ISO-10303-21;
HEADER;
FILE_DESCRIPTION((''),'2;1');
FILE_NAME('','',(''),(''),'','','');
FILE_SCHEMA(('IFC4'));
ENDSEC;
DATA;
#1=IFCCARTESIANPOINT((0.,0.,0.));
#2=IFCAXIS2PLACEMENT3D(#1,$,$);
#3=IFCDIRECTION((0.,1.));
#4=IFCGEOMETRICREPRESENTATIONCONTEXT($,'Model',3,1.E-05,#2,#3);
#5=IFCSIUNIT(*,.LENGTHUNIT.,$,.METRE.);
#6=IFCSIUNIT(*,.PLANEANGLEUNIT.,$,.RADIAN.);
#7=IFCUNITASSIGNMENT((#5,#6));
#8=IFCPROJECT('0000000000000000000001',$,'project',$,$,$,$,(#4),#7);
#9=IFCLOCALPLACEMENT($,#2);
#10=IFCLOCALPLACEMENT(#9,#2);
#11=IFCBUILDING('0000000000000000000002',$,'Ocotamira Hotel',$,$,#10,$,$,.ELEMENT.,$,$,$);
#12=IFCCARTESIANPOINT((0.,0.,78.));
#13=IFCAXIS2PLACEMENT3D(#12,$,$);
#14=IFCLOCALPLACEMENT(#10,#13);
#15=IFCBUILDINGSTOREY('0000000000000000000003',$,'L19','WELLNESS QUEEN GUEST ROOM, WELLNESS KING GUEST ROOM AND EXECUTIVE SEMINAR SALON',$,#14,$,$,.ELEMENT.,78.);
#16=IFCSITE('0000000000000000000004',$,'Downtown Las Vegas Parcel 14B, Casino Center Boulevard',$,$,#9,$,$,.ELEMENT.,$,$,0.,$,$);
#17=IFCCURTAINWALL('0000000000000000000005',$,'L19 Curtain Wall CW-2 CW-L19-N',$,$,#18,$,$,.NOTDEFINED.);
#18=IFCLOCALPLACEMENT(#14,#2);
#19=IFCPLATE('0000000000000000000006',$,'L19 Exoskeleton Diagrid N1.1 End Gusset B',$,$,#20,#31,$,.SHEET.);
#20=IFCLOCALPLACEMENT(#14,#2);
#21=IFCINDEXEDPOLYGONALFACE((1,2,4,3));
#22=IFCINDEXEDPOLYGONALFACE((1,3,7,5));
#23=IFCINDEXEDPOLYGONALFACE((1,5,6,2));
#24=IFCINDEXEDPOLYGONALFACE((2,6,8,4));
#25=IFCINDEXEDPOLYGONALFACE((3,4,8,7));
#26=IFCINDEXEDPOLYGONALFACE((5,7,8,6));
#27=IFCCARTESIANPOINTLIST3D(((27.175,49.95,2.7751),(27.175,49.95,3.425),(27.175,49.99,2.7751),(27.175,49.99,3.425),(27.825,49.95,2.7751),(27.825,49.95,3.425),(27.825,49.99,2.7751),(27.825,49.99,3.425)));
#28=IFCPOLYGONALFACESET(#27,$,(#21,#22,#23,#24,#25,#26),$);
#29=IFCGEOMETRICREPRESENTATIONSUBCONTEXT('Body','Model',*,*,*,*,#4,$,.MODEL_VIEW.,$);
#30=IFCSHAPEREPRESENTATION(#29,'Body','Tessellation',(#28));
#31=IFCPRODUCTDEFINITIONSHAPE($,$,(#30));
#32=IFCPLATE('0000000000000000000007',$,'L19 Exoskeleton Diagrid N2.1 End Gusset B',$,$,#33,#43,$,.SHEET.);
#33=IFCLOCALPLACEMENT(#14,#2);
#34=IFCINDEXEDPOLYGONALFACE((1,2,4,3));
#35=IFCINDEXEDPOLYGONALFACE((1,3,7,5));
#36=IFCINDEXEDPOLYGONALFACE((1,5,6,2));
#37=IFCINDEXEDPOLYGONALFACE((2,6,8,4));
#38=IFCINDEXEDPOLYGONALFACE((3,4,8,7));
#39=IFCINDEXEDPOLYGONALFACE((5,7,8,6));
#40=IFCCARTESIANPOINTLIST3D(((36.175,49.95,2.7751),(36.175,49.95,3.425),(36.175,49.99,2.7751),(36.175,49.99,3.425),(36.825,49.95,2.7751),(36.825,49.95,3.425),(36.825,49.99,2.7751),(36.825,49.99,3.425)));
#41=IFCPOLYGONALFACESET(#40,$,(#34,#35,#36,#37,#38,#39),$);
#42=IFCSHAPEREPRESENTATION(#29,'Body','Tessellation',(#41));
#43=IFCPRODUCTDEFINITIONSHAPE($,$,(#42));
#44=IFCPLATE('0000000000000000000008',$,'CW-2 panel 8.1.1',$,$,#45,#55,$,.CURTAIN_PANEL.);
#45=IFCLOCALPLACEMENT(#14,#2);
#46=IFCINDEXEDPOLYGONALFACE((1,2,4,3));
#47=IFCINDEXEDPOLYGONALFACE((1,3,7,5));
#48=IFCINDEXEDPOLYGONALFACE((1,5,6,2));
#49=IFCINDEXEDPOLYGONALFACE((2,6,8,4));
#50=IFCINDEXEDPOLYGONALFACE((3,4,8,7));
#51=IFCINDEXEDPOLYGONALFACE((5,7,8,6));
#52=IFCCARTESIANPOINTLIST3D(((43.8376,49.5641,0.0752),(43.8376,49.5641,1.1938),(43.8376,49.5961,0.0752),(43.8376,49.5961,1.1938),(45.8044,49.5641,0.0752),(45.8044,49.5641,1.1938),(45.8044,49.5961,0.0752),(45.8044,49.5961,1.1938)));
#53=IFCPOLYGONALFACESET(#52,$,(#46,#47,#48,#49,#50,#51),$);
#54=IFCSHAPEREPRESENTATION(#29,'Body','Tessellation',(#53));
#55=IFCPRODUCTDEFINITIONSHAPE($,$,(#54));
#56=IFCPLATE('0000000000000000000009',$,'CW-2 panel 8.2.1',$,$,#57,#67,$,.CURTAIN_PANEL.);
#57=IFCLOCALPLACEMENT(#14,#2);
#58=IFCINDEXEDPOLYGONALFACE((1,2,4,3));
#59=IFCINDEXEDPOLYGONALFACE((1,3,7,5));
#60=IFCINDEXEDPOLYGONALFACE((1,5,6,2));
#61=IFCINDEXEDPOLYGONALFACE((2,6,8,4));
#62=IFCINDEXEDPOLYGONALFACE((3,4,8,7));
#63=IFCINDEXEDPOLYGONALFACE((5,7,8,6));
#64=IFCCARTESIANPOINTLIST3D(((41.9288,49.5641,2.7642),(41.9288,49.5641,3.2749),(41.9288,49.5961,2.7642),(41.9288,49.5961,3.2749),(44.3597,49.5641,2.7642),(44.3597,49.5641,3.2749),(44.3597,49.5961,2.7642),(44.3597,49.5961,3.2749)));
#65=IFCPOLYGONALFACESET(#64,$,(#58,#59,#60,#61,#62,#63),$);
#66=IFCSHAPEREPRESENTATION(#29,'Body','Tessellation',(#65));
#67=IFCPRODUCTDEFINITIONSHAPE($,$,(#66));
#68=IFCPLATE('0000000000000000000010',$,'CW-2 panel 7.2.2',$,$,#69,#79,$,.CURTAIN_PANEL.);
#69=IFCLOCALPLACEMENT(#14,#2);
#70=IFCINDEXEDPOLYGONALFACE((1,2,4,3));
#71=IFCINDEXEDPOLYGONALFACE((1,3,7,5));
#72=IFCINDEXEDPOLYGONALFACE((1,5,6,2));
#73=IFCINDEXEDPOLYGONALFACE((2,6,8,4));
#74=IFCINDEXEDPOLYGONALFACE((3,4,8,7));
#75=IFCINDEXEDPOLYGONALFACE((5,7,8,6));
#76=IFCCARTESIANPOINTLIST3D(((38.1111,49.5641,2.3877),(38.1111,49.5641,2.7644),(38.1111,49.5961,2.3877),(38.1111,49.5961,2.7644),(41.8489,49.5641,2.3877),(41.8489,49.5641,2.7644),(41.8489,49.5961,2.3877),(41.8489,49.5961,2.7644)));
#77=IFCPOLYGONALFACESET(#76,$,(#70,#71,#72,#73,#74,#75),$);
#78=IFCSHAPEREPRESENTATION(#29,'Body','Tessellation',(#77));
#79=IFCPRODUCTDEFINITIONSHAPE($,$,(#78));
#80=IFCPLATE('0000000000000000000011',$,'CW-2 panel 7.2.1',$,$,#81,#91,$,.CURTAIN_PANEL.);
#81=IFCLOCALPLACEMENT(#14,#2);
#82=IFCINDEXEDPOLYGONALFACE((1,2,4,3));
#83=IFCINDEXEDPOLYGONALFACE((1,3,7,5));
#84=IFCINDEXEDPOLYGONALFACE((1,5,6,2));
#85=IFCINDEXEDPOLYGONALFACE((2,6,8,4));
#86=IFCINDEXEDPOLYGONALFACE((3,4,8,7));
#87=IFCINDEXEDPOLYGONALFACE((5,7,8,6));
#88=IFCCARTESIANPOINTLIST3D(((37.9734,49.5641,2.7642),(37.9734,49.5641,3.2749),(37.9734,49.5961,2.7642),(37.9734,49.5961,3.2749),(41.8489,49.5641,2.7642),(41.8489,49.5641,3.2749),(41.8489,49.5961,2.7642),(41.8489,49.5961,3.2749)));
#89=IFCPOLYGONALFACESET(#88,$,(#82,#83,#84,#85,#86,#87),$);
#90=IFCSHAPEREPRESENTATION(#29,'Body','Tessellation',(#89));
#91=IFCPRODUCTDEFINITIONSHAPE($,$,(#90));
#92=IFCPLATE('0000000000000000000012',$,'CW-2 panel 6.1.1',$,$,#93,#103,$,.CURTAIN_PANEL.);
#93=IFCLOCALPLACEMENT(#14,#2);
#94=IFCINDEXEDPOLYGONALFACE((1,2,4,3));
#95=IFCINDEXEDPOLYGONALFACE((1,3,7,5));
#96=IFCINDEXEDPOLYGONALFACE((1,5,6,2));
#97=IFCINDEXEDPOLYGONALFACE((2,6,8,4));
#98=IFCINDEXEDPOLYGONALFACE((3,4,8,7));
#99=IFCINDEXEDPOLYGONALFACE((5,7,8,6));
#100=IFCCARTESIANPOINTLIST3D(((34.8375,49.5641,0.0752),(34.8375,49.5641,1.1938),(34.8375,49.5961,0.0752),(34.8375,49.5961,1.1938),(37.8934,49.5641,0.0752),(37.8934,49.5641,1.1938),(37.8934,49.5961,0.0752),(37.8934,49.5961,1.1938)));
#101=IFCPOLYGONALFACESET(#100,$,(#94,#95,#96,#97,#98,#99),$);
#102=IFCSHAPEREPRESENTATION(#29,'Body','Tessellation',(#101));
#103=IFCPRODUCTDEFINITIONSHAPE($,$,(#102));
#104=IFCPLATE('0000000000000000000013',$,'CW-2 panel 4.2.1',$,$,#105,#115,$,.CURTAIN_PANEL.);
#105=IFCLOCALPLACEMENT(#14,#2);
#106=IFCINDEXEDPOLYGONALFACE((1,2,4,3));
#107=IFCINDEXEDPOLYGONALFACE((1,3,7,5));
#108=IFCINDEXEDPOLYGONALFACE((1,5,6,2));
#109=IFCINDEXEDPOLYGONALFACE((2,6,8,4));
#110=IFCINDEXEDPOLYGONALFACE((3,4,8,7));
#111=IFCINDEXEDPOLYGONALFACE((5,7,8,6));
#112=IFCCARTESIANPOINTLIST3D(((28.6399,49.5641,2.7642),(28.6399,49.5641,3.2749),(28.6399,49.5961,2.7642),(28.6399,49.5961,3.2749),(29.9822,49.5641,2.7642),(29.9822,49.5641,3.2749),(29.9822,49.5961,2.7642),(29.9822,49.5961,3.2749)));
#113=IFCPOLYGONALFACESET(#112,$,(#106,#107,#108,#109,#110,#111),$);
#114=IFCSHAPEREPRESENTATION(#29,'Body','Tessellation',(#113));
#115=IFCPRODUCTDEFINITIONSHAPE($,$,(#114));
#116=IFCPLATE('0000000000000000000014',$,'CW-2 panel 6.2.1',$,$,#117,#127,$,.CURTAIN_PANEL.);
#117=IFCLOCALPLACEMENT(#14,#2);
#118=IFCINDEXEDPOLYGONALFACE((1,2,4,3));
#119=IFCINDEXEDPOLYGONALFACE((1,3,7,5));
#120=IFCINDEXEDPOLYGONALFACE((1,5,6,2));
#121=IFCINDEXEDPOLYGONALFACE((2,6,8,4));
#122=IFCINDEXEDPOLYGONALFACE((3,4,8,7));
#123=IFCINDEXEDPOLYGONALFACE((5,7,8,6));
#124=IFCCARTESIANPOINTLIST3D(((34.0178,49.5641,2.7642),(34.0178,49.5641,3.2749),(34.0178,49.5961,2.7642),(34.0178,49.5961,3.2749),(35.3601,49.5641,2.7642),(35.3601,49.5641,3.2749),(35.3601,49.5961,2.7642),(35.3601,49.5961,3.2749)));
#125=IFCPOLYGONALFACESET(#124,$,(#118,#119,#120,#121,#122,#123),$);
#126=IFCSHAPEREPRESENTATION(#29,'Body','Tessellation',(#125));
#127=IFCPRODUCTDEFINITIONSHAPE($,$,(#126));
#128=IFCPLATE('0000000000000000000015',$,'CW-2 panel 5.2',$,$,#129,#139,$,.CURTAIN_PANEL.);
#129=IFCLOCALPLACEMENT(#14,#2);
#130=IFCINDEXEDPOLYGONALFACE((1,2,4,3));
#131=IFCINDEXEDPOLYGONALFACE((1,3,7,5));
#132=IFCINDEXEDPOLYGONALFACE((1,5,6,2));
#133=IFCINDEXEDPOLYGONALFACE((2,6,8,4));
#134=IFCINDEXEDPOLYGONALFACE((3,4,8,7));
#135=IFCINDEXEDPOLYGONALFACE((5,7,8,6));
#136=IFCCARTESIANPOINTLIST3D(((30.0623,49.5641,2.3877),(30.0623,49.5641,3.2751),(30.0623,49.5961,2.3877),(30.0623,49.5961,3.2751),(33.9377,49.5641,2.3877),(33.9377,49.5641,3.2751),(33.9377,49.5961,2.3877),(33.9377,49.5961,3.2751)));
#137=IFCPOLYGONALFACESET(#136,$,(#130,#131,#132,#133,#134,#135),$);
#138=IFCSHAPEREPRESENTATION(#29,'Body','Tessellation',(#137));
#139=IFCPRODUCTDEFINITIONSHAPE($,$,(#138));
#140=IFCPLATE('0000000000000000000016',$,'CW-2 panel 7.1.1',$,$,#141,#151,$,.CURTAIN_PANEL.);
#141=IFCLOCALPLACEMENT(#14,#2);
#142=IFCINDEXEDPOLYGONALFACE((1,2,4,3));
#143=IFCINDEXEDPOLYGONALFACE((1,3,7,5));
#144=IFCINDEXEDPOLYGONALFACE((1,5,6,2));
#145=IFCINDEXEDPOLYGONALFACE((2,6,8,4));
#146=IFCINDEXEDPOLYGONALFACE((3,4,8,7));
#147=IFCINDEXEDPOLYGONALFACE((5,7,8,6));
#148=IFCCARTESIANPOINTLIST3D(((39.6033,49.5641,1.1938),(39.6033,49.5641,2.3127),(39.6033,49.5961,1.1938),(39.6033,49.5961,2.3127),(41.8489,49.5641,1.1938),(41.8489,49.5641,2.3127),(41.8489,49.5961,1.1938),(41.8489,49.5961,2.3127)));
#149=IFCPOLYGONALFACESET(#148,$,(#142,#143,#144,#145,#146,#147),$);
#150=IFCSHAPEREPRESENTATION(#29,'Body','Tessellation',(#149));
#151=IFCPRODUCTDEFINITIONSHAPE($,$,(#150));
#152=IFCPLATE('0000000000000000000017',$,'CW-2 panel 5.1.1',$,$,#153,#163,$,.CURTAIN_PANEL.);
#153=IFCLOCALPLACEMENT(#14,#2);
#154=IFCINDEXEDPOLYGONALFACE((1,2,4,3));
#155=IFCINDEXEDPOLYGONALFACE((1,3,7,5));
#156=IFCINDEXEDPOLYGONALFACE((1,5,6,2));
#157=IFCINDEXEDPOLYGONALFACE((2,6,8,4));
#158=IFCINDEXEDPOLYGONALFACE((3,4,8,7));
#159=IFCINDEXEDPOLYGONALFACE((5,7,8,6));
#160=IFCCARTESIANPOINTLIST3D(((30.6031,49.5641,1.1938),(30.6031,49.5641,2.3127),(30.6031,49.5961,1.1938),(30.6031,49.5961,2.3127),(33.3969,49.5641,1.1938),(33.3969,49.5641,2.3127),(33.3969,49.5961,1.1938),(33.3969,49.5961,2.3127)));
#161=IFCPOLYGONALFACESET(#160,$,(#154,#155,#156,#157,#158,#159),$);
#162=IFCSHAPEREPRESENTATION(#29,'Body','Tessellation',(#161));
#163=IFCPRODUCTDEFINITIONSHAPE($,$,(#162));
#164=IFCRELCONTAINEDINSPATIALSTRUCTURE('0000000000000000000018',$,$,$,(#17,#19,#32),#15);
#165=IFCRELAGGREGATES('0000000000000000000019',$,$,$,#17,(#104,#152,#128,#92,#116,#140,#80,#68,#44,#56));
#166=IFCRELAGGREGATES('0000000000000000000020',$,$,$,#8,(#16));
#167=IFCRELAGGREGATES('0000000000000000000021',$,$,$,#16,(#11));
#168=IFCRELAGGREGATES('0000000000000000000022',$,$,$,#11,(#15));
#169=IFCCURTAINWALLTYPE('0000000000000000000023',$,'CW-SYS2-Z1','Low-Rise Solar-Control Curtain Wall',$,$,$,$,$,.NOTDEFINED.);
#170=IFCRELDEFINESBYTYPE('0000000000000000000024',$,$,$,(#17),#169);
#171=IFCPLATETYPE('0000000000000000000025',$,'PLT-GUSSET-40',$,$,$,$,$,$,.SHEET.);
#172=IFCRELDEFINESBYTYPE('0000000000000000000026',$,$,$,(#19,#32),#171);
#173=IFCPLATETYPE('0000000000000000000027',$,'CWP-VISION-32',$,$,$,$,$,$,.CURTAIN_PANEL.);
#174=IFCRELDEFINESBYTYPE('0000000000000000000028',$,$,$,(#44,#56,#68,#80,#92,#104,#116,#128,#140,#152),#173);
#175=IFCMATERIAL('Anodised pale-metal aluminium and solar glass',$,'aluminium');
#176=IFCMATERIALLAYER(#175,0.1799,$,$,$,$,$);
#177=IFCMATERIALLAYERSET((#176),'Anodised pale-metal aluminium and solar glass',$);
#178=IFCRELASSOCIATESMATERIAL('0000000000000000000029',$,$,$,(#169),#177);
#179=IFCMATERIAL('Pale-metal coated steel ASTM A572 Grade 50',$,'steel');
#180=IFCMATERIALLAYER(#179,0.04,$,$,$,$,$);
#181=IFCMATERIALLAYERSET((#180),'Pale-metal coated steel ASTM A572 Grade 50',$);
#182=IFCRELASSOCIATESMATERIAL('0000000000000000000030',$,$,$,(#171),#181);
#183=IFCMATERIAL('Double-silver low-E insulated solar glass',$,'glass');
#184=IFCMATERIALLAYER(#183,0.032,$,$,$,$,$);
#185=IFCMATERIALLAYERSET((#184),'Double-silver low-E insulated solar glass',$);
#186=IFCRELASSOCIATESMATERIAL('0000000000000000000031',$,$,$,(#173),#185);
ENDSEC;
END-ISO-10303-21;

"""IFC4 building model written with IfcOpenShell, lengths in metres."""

from ifc_helpers import new_model, si_unit, direction, frame, origin, origin_2d, place, context, subcontext, project, spatial, rectangle, extrude, source, transform, mapped, material, layer, layer_set, type_object, element, aggregate, save


model = new_model("IFC4")

# Units and contexts
model_context = context("Model", 3, precision=1e-05, world=origin(), true_north=direction((0.0, 1.0)))
body_context = subcontext(model_context, "Body", "Model", "MODEL_VIEW")
ifc_project = project(units=[si_unit("LENGTHUNIT", "METRE"), si_unit("PLANEANGLEUNIT", "RADIAN")], contexts=[model_context])

# Site, building, storey
site_placement = place(None, origin())
site = spatial("IfcSite", under=ifc_project, at=site_placement, Name="Downtown Las Vegas Parcel 14B, Casino Center Boulevard", CompositionType="ELEMENT", RefElevation=0.0)
building_placement = place(site_placement, origin())
building = spatial("IfcBuilding", under=site, at=building_placement, Name="Ocotamira Hotel", CompositionType="ELEMENT")
storey_placement = place(building_placement, frame((0.0, 0.0, 78.0)))
storey = spatial("IfcBuildingStorey", under=building, at=storey_placement, Name="L19", Description="WELLNESS QUEEN GUEST ROOM, WELLNESS KING GUEST ROOM AND EXECUTIVE SEMINAR SALON", CompositionType="ELEMENT", Elevation=78.0)

# Curtain wall
ifc_material_1 = material(Name="Anodised pale-metal aluminium and solar glass", Category="aluminium")
ifc_layer_1 = layer(ifc_material_1, 0.1799)
ifc_layer_set_1 = layer_set([ifc_layer_1], Name="Anodised pale-metal aluminium and solar glass")
curtain_wall_type = type_object("IfcCurtainWallType", Name="CW-SYS2-Z1", Description="Low-Rise Solar-Control Curtain Wall", PredefinedType="NOTDEFINED", material=ifc_layer_set_1)
curtain_wall_placement = place(storey_placement, origin())
curtain_wall = element("IfcCurtainWall", 1, at=curtain_wall_placement, inside=storey, type_object=curtain_wall_type, Name="L19 Curtain Wall CW-2 CW-L19-N", PredefinedType="NOTDEFINED")

# Plates
ifc_material_2 = material(Name="Pale-metal coated steel ASTM A572 Grade 50", Category="steel")
ifc_layer_2 = layer(ifc_material_2, 0.04)
ifc_layer_set_2 = layer_set([ifc_layer_2], Name="Pale-metal coated steel ASTM A572 Grade 50")
plate_type_1 = type_object("IfcPlateType", Name="PLT-GUSSET-40", PredefinedType="SHEET", material=ifc_layer_set_2)
shared_shape_1 = source(origin(), body_context, "Body", "SweptSolid", [
    extrude(rectangle(XDim=0.6499, YDim=0.04, at=origin_2d()), origin(), (0.0, 0.0, 1.0), 0.6499),
])
for number, where, z_axis, x_axis, name in (
    (2, (27.5, 49.97, 2.7751), (0.0, 0.0, 1.0), (1.0, 0.0, 0.0), "L19 Exoskeleton Diagrid N1.1 End Gusset B"),
    (3, (36.5, 49.97, 2.7751), (0.0, 0.0, 1.0), (1.0, 0.0, 0.0), "L19 Exoskeleton Diagrid N2.1 End Gusset B"),
):
    element("IfcPlate", number, at=place(storey_placement, frame(where, z_axis=z_axis, x_axis=x_axis)), inside=storey, type_object=plate_type_1, Name=name, PredefinedType="SHEET", context=body_context, shape_type="MappedRepresentation", body=[
        mapped(shared_shape_1, transform((0.0, 0.0, 0.0), scale=1.0)),
    ])

# Plates
ifc_material_3 = material(Name="Double-silver low-E insulated solar glass", Category="glass")
ifc_layer_3 = layer(ifc_material_3, 0.032)
ifc_layer_set_3 = layer_set([ifc_layer_3], Name="Double-silver low-E insulated solar glass")
plate_type_2 = type_object("IfcPlateType", Name="CWP-VISION-32", PredefinedType="CURTAIN_PANEL", material=ifc_layer_set_3)
shared_shape_2 = source(origin(), body_context, "Body", "SweptSolid", [
    extrude(rectangle(XDim=1.9668, YDim=0.032, at=origin_2d()), origin(), (0.0, 0.0, 1.0), 1.1187),
])
plate_1_placement = place(storey_placement, frame((44.821, 49.5801, 0.0752), z_axis=(0.0, 0.0, 1.0), x_axis=(1.0, 0.0, 0.0)))
plate_1 = element("IfcPlate", 4, at=plate_1_placement, type_object=plate_type_2, Name="CW-2 panel 8.1.1", PredefinedType="CURTAIN_PANEL", context=body_context, shape_type="MappedRepresentation", body=[
    mapped(shared_shape_2, transform((0.0, 0.0, 0.0), scale=1.0)),
])
shared_shape_3 = source(origin(), body_context, "Body", "SweptSolid", [
    extrude(rectangle(XDim=2.4309, YDim=0.032, at=origin_2d()), origin(), (0.0, 0.0, 1.0), 0.5107),
])
plate_2_placement = place(storey_placement, frame((43.1443, 49.5801, 2.7642), z_axis=(0.0, 0.0, 1.0), x_axis=(1.0, 0.0, 0.0)))
plate_2 = element("IfcPlate", 5, at=plate_2_placement, type_object=plate_type_2, Name="CW-2 panel 8.2.1", PredefinedType="CURTAIN_PANEL", context=body_context, shape_type="MappedRepresentation", body=[
    mapped(shared_shape_3, transform((0.0, 0.0, 0.0), scale=1.0)),
])
shared_shape_4 = source(origin(), body_context, "Body", "SweptSolid", [
    extrude(rectangle(XDim=3.7378, YDim=0.032, at=origin_2d()), origin(), (0.0, 0.0, 1.0), 0.3767),
])
plate_3_placement = place(storey_placement, frame((39.98, 49.5801, 2.3877), z_axis=(0.0, 0.0, 1.0), x_axis=(1.0, 0.0, 0.0)))
plate_3 = element("IfcPlate", 6, at=plate_3_placement, type_object=plate_type_2, Name="CW-2 panel 7.2.2", PredefinedType="CURTAIN_PANEL", context=body_context, shape_type="MappedRepresentation", body=[
    mapped(shared_shape_4, transform((0.0, 0.0, 0.0), scale=1.0)),
])
shared_shape_5 = source(origin(), body_context, "Body", "SweptSolid", [
    extrude(rectangle(XDim=3.8755, YDim=0.032, at=origin_2d()), origin(), (0.0, 0.0, 1.0), 0.5107),
])
plate_4_placement = place(storey_placement, frame((39.9111, 49.5801, 2.7642), z_axis=(0.0, 0.0, 1.0), x_axis=(1.0, 0.0, 0.0)))
plate_4 = element("IfcPlate", 7, at=plate_4_placement, type_object=plate_type_2, Name="CW-2 panel 7.2.1", PredefinedType="CURTAIN_PANEL", context=body_context, shape_type="MappedRepresentation", body=[
    mapped(shared_shape_5, transform((0.0, 0.0, 0.0), scale=1.0)),
])
shared_shape_6 = source(origin(), body_context, "Body", "SweptSolid", [
    extrude(rectangle(XDim=3.0559, YDim=0.032, at=origin_2d()), origin(), (0.0, 0.0, 1.0), 1.1187),
])
plate_5_placement = place(storey_placement, frame((36.3655, 49.5801, 0.0752), z_axis=(0.0, 0.0, 1.0), x_axis=(1.0, 0.0, 0.0)))
plate_5 = element("IfcPlate", 8, at=plate_5_placement, type_object=plate_type_2, Name="CW-2 panel 6.1.1", PredefinedType="CURTAIN_PANEL", context=body_context, shape_type="MappedRepresentation", body=[
    mapped(shared_shape_6, transform((0.0, 0.0, 0.0), scale=1.0)),
])
shared_shape_7 = source(origin(), body_context, "Body", "SweptSolid", [
    extrude(rectangle(XDim=1.3423, YDim=0.032, at=origin_2d()), origin(), (0.0, 0.0, 1.0), 0.5107),
])
plate_6_placement = place(storey_placement, frame((29.311, 49.5801, 2.7642), z_axis=(0.0, 0.0, 1.0), x_axis=(1.0, 0.0, 0.0)))
plate_6 = element("IfcPlate", 9, at=plate_6_placement, type_object=plate_type_2, Name="CW-2 panel 4.2.1", PredefinedType="CURTAIN_PANEL", context=body_context, shape_type="MappedRepresentation", body=[
    mapped(shared_shape_7, transform((0.0, 0.0, 0.0), scale=1.0)),
])
plate_7_placement = place(storey_placement, frame((34.689, 49.5801, 2.7642), z_axis=(0.0, 0.0, 1.0), x_axis=(1.0, 0.0, 0.0)))
plate_7 = element("IfcPlate", 10, at=plate_7_placement, type_object=plate_type_2, Name="CW-2 panel 6.2.1", PredefinedType="CURTAIN_PANEL", context=body_context, shape_type="MappedRepresentation", body=[
    mapped(shared_shape_7, transform((0.0, 0.0, 0.0), scale=1.0)),
])
shared_shape_8 = source(origin(), body_context, "Body", "SweptSolid", [
    extrude(rectangle(XDim=3.8755, YDim=0.032, at=origin_2d()), origin(), (0.0, 0.0, 1.0), 0.8875),
])
plate_8_placement = place(storey_placement, frame((32.0, 49.5801, 2.3877), z_axis=(0.0, 0.0, 1.0), x_axis=(1.0, 0.0, 0.0)))
plate_8 = element("IfcPlate", 11, at=plate_8_placement, type_object=plate_type_2, Name="CW-2 panel 5.2", PredefinedType="CURTAIN_PANEL", context=body_context, shape_type="MappedRepresentation", body=[
    mapped(shared_shape_8, transform((0.0, 0.0, 0.0), scale=1.0)),
])
shared_shape_9 = source(origin(), body_context, "Body", "SweptSolid", [
    extrude(rectangle(XDim=2.2456, YDim=0.032, at=origin_2d()), origin(), (0.0, 0.0, 1.0), 1.1189),
])
plate_9_placement = place(storey_placement, frame((40.7261, 49.5801, 1.1938), z_axis=(0.0, 0.0, 1.0), x_axis=(1.0, 0.0, 0.0)))
plate_9 = element("IfcPlate", 12, at=plate_9_placement, type_object=plate_type_2, Name="CW-2 panel 7.1.1", PredefinedType="CURTAIN_PANEL", context=body_context, shape_type="MappedRepresentation", body=[
    mapped(shared_shape_9, transform((0.0, 0.0, 0.0), scale=1.0)),
])
shared_shape_10 = source(origin(), body_context, "Body", "SweptSolid", [
    extrude(rectangle(XDim=2.7937, YDim=0.032, at=origin_2d()), origin(), (0.0, 0.0, 1.0), 1.1189),
])
plate_10_placement = place(storey_placement, frame((32.0, 49.5801, 1.1938), z_axis=(0.0, 0.0, 1.0), x_axis=(1.0, 0.0, 0.0)))
plate_10 = element("IfcPlate", 13, at=plate_10_placement, type_object=plate_type_2, Name="CW-2 panel 5.1.1", PredefinedType="CURTAIN_PANEL", context=body_context, shape_type="MappedRepresentation", body=[
    mapped(shared_shape_10, transform((0.0, 0.0, 0.0), scale=1.0)),
])
aggregate(curtain_wall, [plate_6, plate_10, plate_8, plate_5, plate_7, plate_9, plate_4, plate_3, plate_1, plate_2])

save(model, "model.ifc")
